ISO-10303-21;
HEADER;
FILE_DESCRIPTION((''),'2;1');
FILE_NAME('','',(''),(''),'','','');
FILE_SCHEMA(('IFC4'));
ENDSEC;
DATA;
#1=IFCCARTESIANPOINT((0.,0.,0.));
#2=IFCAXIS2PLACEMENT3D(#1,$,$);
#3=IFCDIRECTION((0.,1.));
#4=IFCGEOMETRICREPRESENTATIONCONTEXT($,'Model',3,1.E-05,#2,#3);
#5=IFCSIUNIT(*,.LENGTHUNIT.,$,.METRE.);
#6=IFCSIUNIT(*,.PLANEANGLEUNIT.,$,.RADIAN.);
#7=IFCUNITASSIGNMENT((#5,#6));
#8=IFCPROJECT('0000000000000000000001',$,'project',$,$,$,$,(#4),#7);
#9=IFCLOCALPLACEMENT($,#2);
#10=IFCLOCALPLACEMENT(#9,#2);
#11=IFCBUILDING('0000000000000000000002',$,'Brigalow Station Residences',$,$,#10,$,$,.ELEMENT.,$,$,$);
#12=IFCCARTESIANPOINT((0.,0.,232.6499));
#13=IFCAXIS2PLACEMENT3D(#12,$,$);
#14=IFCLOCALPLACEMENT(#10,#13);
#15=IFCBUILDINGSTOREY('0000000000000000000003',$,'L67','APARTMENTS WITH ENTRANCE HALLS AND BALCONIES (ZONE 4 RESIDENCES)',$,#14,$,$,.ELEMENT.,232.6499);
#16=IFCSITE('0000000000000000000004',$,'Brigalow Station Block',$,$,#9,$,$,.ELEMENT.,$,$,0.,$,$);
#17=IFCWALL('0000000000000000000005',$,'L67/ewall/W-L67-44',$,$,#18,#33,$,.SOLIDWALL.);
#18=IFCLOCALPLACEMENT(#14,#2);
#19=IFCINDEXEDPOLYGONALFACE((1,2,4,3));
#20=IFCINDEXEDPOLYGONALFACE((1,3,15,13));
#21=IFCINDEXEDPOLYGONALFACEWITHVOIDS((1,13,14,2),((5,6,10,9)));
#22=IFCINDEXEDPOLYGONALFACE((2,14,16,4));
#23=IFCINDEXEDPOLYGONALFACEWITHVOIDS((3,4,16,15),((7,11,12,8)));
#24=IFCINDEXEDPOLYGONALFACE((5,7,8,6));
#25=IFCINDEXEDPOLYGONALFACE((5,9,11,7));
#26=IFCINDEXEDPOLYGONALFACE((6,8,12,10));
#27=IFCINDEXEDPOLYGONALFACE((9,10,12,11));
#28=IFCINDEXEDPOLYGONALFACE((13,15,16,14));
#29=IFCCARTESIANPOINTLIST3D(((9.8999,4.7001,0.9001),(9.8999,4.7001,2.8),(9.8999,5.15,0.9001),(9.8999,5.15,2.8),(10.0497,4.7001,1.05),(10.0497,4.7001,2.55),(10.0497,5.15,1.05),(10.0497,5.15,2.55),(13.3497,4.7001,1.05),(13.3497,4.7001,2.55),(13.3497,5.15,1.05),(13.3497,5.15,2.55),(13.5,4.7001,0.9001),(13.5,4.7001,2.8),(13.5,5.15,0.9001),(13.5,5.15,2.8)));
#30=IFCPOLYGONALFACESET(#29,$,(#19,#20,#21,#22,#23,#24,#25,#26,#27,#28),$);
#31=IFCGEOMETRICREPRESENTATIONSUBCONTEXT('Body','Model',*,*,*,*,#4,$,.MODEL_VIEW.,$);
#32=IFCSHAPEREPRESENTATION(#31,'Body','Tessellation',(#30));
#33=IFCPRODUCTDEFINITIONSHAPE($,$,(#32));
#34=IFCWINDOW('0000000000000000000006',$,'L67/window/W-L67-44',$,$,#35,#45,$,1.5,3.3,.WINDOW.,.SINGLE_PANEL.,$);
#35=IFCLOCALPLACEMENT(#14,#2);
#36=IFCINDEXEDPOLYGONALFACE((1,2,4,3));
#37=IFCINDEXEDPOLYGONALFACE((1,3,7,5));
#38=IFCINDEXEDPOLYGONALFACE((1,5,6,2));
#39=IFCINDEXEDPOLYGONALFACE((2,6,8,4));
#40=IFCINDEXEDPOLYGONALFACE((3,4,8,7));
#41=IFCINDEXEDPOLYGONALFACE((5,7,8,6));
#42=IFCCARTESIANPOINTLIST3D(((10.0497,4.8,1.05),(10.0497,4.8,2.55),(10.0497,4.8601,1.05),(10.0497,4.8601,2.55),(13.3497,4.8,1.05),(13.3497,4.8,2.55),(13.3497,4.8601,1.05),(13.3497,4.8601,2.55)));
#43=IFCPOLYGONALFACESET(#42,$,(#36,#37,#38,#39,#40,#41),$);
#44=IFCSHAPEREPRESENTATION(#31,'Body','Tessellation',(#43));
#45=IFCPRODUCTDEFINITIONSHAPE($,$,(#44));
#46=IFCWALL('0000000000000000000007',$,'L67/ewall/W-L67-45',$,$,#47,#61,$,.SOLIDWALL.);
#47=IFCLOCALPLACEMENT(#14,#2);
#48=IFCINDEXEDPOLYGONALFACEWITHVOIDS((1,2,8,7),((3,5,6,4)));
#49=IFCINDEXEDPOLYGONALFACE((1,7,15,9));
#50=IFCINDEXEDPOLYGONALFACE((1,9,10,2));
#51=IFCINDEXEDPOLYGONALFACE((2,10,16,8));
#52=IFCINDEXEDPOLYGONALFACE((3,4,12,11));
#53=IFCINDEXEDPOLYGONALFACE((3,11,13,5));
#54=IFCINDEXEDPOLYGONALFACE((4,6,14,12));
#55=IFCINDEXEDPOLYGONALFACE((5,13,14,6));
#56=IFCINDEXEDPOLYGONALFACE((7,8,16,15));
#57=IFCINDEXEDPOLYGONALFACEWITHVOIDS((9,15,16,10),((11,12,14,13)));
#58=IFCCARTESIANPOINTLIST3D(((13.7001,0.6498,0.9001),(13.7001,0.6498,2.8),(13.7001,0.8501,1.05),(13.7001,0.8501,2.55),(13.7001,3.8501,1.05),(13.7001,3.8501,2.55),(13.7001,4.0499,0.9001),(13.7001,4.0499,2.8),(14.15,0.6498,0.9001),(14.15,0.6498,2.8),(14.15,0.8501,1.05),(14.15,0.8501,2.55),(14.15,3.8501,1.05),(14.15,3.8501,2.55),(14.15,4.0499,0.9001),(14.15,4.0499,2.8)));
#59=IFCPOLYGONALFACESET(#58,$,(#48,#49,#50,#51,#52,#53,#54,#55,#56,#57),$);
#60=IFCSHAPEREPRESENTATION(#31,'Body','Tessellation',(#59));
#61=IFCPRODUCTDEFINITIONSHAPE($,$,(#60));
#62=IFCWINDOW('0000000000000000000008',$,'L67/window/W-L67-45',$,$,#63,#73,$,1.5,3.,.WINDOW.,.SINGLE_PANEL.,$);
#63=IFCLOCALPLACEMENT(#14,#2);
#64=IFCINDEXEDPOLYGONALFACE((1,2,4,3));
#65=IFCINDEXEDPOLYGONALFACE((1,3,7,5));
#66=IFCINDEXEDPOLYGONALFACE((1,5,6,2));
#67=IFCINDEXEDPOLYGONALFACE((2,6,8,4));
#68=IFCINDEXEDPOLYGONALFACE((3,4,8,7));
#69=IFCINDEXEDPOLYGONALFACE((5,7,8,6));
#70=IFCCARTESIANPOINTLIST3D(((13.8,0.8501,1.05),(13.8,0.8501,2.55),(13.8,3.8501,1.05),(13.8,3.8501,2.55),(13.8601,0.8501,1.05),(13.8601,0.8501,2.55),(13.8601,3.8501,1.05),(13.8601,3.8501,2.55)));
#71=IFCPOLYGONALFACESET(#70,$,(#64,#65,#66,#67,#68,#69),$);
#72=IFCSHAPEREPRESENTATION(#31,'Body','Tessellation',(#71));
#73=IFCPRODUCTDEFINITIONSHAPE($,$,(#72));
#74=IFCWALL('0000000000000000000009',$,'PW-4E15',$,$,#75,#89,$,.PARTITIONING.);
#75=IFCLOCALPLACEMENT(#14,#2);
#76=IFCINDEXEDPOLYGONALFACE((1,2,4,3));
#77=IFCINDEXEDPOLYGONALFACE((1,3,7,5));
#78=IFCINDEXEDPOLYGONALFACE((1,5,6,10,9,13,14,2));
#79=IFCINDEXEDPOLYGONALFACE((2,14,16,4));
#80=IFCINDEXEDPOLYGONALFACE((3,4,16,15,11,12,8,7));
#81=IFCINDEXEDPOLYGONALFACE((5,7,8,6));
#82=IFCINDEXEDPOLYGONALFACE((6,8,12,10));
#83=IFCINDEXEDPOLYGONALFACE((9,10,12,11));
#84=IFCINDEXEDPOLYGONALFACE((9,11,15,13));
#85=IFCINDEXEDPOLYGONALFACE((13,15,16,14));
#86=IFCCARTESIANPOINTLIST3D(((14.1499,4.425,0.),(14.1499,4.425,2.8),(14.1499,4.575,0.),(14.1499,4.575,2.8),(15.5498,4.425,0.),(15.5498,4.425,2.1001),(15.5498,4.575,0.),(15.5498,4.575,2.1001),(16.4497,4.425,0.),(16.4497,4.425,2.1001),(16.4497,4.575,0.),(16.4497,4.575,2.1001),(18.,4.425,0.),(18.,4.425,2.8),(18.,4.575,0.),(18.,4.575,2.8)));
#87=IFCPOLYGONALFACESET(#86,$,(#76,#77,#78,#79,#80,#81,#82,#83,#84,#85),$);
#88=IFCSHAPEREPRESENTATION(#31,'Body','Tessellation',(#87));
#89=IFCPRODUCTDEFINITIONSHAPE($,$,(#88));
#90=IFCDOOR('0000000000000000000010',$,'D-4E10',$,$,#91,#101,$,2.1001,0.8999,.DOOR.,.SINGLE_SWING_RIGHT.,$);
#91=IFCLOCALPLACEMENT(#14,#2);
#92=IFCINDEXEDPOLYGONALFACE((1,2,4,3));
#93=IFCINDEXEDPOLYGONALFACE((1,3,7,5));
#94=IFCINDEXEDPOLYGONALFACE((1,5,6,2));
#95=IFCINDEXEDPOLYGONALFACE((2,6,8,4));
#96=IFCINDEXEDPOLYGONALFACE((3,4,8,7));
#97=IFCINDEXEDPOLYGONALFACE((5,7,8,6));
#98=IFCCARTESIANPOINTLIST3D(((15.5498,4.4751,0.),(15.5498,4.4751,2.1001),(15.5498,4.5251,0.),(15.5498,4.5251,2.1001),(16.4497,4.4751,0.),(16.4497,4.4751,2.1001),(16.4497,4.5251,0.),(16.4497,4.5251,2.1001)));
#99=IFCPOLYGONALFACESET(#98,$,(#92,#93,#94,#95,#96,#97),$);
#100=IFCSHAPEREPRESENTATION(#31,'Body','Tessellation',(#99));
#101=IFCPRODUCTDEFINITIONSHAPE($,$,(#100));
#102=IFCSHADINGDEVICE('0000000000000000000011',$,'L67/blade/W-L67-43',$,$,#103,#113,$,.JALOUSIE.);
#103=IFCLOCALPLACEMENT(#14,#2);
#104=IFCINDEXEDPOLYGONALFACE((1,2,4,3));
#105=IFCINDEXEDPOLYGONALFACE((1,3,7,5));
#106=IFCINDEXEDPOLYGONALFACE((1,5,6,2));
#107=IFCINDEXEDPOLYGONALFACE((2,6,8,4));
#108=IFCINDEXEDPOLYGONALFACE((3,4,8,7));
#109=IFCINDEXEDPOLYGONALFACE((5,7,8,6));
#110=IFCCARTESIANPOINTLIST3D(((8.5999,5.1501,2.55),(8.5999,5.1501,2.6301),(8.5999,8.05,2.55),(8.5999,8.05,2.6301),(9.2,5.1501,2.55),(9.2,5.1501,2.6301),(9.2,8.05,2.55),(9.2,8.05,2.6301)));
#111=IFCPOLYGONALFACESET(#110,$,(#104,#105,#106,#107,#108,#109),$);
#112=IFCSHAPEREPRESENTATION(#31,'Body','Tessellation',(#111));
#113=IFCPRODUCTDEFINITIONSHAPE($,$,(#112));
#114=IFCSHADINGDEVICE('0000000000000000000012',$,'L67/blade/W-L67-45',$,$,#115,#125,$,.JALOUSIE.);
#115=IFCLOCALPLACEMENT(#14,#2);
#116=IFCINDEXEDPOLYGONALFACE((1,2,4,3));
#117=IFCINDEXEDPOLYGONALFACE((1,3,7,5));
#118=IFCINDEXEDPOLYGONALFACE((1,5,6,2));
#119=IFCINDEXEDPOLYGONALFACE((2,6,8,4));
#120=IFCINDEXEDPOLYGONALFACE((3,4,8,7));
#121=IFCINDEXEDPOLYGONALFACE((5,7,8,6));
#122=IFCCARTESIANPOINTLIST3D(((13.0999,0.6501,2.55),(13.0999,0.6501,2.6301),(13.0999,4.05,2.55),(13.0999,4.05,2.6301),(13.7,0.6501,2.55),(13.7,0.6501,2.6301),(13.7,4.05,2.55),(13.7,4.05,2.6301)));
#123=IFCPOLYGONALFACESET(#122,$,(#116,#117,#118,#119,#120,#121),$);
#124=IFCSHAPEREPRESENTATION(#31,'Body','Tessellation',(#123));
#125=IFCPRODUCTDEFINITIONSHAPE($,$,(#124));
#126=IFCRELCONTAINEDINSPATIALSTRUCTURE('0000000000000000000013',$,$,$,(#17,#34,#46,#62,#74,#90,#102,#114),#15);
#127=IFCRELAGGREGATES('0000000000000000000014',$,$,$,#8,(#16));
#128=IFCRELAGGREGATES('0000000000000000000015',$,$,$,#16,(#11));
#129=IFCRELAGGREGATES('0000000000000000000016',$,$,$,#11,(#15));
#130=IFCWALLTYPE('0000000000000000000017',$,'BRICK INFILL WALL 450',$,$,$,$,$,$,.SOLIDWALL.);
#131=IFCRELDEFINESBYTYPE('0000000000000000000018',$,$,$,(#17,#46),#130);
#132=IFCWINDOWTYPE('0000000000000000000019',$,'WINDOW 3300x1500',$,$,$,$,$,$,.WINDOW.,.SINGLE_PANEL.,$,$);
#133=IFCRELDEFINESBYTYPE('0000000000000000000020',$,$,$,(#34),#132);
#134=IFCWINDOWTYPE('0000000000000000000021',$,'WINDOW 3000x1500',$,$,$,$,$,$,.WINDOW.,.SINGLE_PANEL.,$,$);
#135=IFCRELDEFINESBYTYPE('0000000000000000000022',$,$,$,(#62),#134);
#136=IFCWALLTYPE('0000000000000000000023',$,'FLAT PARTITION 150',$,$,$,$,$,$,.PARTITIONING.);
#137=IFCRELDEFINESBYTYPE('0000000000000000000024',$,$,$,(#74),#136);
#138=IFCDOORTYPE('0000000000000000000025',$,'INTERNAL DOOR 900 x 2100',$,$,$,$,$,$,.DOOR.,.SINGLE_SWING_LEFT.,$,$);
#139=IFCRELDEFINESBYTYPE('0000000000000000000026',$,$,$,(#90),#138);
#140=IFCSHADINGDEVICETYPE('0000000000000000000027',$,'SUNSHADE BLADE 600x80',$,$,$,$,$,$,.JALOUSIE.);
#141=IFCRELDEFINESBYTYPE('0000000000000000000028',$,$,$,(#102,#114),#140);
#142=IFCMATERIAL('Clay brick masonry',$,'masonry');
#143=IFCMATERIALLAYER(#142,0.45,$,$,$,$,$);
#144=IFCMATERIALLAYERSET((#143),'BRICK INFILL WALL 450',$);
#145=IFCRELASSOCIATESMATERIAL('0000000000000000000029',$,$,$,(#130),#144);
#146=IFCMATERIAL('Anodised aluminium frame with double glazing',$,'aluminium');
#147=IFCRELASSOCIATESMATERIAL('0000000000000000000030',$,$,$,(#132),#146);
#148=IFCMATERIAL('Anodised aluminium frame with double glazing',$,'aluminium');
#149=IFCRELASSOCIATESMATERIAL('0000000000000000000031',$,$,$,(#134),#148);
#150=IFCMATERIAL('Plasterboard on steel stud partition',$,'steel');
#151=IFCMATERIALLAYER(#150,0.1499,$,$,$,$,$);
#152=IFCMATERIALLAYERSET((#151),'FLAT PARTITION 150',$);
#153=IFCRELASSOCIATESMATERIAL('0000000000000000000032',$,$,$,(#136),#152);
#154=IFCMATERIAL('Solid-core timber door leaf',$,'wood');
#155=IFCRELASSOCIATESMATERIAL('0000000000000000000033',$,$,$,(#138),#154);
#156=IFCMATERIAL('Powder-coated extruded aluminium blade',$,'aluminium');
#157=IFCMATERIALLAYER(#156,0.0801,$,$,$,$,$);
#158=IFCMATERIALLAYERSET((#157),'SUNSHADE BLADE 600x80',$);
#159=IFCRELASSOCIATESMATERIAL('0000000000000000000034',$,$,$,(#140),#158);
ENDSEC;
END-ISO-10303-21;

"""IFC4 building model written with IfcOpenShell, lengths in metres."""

from ifc_helpers import new_model, si_unit, direction, frame, frame_2d, origin, origin_2d, place, context, subcontext, project, spatial, rectangle, extrude, material, layer, layer_set, type_object, element, fill, save


model = new_model("IFC4")

# Units and contexts
model_context = context("Model", 3, precision=1e-05, world=origin(), true_north=direction((0.0, 1.0)))
body_context = subcontext(model_context, "Body", "Model", "MODEL_VIEW")
ifc_project = project(units=[si_unit("LENGTHUNIT", "METRE"), si_unit("PLANEANGLEUNIT", "RADIAN")], contexts=[model_context])

# Site, building, storey
site_placement = place(None, origin())
site = spatial("IfcSite", under=ifc_project, at=site_placement, Name="Brigalow Station Block", CompositionType="ELEMENT", RefElevation=0.0)
building_placement = place(site_placement, origin())
building = spatial("IfcBuilding", under=site, at=building_placement, Name="Brigalow Station Residences", CompositionType="ELEMENT")
storey_placement = place(building_placement, frame((0.0, 0.0, 232.6499)))
storey = spatial("IfcBuildingStorey", under=building, at=storey_placement, Name="L67", Description="APARTMENTS WITH ENTRANCE HALLS AND BALCONIES (ZONE 4 RESIDENCES)", CompositionType="ELEMENT", Elevation=232.6499)

# Walls, openings, windows
ifc_material_1 = material(Name="Clay brick masonry", Category="masonry")
ifc_layer_1 = layer(ifc_material_1, 0.45)
ifc_layer_set_1 = layer_set([ifc_layer_1], Name="BRICK INFILL WALL 450")
wall_type_1 = type_object("IfcWallType", Name="BRICK INFILL WALL 450", PredefinedType="SOLIDWALL", material=ifc_layer_set_1)
wall_1_placement = place(storey_placement, frame((9.8999, 4.925, 0.9001), z_axis=(0.0, 0.0, 1.0), x_axis=(1.0, 0.0, 0.0)))
wall_1 = element("IfcWall", 1, at=wall_1_placement, inside=storey, type_object=wall_type_1, Name="L67/ewall/W-L67-44", PredefinedType="SOLIDWALL", context=body_context, shape_type="SweptSolid", body=[
    extrude(rectangle(XDim=3.6001, YDim=0.45, at=frame_2d((1.8, 0.0))), origin(), (0.0, 0.0, 1.0), 1.8999),
])
opening_1_placement = place(wall_1_placement, frame((0.1499, 0.0, 0.1499)))
opening_1 = element("IfcOpeningElement", 2, at=opening_1_placement, cuts=wall_1, PredefinedType="OPENING", context=body_context, shape_type="SweptSolid", body=[
    extrude(rectangle(XDim=3.3, YDim=1.5, at=frame_2d((1.6499, 0.75))), frame((0.0, 0.2349, 0.0), z_axis=(0.0, -1.0, 0.0), x_axis=(1.0, 0.0, 0.0)), (0.0, 0.0, 1.0), 0.47),
])
ifc_material_2 = material(Name="Anodised aluminium frame with double glazing", Category="aluminium")
window_type_1 = type_object("IfcWindowType", Name="WINDOW 3300x1500", PartitioningType="SINGLE_PANEL", PredefinedType="WINDOW", material=ifc_material_2)
window_1_placement = place(opening_1_placement, origin())
window_1 = element("IfcWindow", 3, at=window_1_placement, inside=storey, type_object=window_type_1, Name="L67/window/W-L67-44", OverallHeight=1.5, OverallWidth=3.3, PartitioningType="SINGLE_PANEL", PredefinedType="WINDOW", context=body_context, shape_type="SweptSolid", body=[
    extrude(rectangle(XDim=3.3, YDim=1.5, at=frame_2d((1.6499, 0.75))), frame((0.0, -0.0649, 0.0), z_axis=(0.0, -1.0, 0.0), x_axis=(1.0, 0.0, 0.0)), (0.0, 0.0, 1.0), 0.0601),
])
fill(opening_1, window_1)
wall_2_placement = place(storey_placement, frame((13.925, 4.05, 0.9001), z_axis=(0.0, 0.0, 1.0), x_axis=(0.0, -1.0, 0.0)))
wall_2 = element("IfcWall", 4, at=wall_2_placement, inside=storey, type_object=wall_type_1, Name="L67/ewall/W-L67-45", PredefinedType="SOLIDWALL", context=body_context, shape_type="SweptSolid", body=[
    extrude(rectangle(XDim=3.4001, YDim=0.45, at=frame_2d((1.7002, 0.0))), origin(), (0.0, 0.0, 1.0), 1.8999),
])
opening_2_placement = place(wall_2_placement, frame((0.2, 0.0, 0.1499)))
opening_2 = element("IfcOpeningElement", 5, at=opening_2_placement, cuts=wall_2, PredefinedType="OPENING", context=body_context, shape_type="SweptSolid", body=[
    extrude(rectangle(XDim=3.0, YDim=1.5, at=frame_2d((1.5, 0.75))), frame((0.0, 0.2349, 0.0), z_axis=(0.0, -1.0, 0.0), x_axis=(1.0, 0.0, 0.0)), (0.0, 0.0, 1.0), 0.47),
])
ifc_material_3 = material(Name="Anodised aluminium frame with double glazing", Category="aluminium")
window_type_2 = type_object("IfcWindowType", Name="WINDOW 3000x1500", PartitioningType="SINGLE_PANEL", PredefinedType="WINDOW", material=ifc_material_3)
window_2_placement = place(opening_2_placement, origin())
window_2 = element("IfcWindow", 6, at=window_2_placement, inside=storey, type_object=window_type_2, Name="L67/window/W-L67-45", OverallHeight=1.5, OverallWidth=3.0, PartitioningType="SINGLE_PANEL", PredefinedType="WINDOW", context=body_context, shape_type="SweptSolid", body=[
    extrude(rectangle(XDim=3.0, YDim=1.5, at=frame_2d((1.5, 0.75))), frame((0.0, -0.0649, 0.0), z_axis=(0.0, -1.0, 0.0), x_axis=(1.0, 0.0, 0.0)), (0.0, 0.0, 1.0), 0.0601),
])
fill(opening_2, window_2)

# Wall, opening, door
ifc_material_4 = material(Name="Plasterboard on steel stud partition", Category="steel")
ifc_layer_2 = layer(ifc_material_4, 0.1499)
ifc_layer_set_2 = layer_set([ifc_layer_2], Name="FLAT PARTITION 150")
wall_type_2 = type_object("IfcWallType", Name="FLAT PARTITION 150", PredefinedType="PARTITIONING", material=ifc_layer_set_2)
wall_3_placement = place(storey_placement, frame((14.1499, 4.5, 0.0), z_axis=(0.0, 0.0, 1.0), x_axis=(1.0, 0.0, 0.0)))
wall_3 = element("IfcWall", 7, at=wall_3_placement, inside=storey, type_object=wall_type_2, Name="PW-4E15", PredefinedType="PARTITIONING", context=body_context, shape_type="SweptSolid", body=[
    extrude(rectangle(XDim=3.8501, YDim=0.1499, at=frame_2d((1.925, 0.0))), origin(), (0.0, 0.0, 1.0), 2.8),
])
opening_3_placement = place(wall_3_placement, frame((1.3999, 0.0, 0.0)))
opening_3 = element("IfcOpeningElement", 8, at=opening_3_placement, cuts=wall_3, PredefinedType="OPENING", context=body_context, shape_type="SweptSolid", body=[
    extrude(rectangle(XDim=0.8999, YDim=2.1001, at=frame_2d((0.45, 1.05))), frame((0.0, 0.085, 0.0), z_axis=(0.0, -1.0, 0.0), x_axis=(1.0, 0.0, 0.0)), (0.0, 0.0, 1.0), 0.1699),
])
ifc_material_5 = material(Name="Solid-core timber door leaf", Category="wood")
door_type = type_object("IfcDoorType", Name="INTERNAL DOOR 900 x 2100", OperationType="SINGLE_SWING_LEFT", PredefinedType="DOOR", material=ifc_material_5)
door_placement = place(opening_3_placement, frame((0.8999, 0.0, 0.0), z_axis=(0.0, 0.0, 1.0), x_axis=(-1.0, 0.0, 0.0)))
door = element("IfcDoor", 9, at=door_placement, inside=storey, type_object=door_type, Name="D-4E10", OperationType="SINGLE_SWING_RIGHT", OverallHeight=2.1001, OverallWidth=0.8999, PredefinedType="DOOR", context=body_context, shape_type="SweptSolid", body=[
    extrude(rectangle(XDim=0.8999, YDim=2.1001, at=frame_2d((0.45, 1.05))), frame((0.0, 0.0249, 0.0), z_axis=(0.0, -1.0, 0.0), x_axis=(1.0, 0.0, 0.0)), (0.0, 0.0, 1.0), 0.05),
])
fill(opening_3, door)

# Shading devices
ifc_material_6 = material(Name="Powder-coated extruded aluminium blade", Category="aluminium")
ifc_layer_3 = layer(ifc_material_6, 0.0801)
ifc_layer_set_3 = layer_set([ifc_layer_3], Name="SUNSHADE BLADE 600x80")
shading_device_type = type_object("IfcShadingDeviceType", Name="SUNSHADE BLADE 600x80", PredefinedType="JALOUSIE", material=ifc_layer_set_3)
shading_device_1_placement = place(storey_placement, frame((8.8999, 6.6001, 2.55), z_axis=(0.0, 0.0, 1.0), x_axis=(0.0, -1.0, 0.0)))
element("IfcShadingDevice", 10, at=shading_device_1_placement, inside=storey, type_object=shading_device_type, Name="L67/blade/W-L67-43", PredefinedType="JALOUSIE", context=body_context, shape_type="SweptSolid", body=[
    extrude(rectangle(XDim=2.8999, YDim=0.6001, at=origin_2d()), origin(), (0.0, 0.0, 1.0), 0.0801),
])
shading_device_2_placement = place(storey_placement, frame((13.3999, 2.3501, 2.55), z_axis=(0.0, 0.0, 1.0), x_axis=(0.0, -1.0, 0.0)))
element("IfcShadingDevice", 11, at=shading_device_2_placement, inside=storey, type_object=shading_device_type, Name="L67/blade/W-L67-45", PredefinedType="JALOUSIE", context=body_context, shape_type="SweptSolid", body=[
    extrude(rectangle(XDim=3.3999, YDim=0.6001, at=origin_2d()), origin(), (0.0, 0.0, 1.0), 0.0801),
])

save(model, "model.ifc")
